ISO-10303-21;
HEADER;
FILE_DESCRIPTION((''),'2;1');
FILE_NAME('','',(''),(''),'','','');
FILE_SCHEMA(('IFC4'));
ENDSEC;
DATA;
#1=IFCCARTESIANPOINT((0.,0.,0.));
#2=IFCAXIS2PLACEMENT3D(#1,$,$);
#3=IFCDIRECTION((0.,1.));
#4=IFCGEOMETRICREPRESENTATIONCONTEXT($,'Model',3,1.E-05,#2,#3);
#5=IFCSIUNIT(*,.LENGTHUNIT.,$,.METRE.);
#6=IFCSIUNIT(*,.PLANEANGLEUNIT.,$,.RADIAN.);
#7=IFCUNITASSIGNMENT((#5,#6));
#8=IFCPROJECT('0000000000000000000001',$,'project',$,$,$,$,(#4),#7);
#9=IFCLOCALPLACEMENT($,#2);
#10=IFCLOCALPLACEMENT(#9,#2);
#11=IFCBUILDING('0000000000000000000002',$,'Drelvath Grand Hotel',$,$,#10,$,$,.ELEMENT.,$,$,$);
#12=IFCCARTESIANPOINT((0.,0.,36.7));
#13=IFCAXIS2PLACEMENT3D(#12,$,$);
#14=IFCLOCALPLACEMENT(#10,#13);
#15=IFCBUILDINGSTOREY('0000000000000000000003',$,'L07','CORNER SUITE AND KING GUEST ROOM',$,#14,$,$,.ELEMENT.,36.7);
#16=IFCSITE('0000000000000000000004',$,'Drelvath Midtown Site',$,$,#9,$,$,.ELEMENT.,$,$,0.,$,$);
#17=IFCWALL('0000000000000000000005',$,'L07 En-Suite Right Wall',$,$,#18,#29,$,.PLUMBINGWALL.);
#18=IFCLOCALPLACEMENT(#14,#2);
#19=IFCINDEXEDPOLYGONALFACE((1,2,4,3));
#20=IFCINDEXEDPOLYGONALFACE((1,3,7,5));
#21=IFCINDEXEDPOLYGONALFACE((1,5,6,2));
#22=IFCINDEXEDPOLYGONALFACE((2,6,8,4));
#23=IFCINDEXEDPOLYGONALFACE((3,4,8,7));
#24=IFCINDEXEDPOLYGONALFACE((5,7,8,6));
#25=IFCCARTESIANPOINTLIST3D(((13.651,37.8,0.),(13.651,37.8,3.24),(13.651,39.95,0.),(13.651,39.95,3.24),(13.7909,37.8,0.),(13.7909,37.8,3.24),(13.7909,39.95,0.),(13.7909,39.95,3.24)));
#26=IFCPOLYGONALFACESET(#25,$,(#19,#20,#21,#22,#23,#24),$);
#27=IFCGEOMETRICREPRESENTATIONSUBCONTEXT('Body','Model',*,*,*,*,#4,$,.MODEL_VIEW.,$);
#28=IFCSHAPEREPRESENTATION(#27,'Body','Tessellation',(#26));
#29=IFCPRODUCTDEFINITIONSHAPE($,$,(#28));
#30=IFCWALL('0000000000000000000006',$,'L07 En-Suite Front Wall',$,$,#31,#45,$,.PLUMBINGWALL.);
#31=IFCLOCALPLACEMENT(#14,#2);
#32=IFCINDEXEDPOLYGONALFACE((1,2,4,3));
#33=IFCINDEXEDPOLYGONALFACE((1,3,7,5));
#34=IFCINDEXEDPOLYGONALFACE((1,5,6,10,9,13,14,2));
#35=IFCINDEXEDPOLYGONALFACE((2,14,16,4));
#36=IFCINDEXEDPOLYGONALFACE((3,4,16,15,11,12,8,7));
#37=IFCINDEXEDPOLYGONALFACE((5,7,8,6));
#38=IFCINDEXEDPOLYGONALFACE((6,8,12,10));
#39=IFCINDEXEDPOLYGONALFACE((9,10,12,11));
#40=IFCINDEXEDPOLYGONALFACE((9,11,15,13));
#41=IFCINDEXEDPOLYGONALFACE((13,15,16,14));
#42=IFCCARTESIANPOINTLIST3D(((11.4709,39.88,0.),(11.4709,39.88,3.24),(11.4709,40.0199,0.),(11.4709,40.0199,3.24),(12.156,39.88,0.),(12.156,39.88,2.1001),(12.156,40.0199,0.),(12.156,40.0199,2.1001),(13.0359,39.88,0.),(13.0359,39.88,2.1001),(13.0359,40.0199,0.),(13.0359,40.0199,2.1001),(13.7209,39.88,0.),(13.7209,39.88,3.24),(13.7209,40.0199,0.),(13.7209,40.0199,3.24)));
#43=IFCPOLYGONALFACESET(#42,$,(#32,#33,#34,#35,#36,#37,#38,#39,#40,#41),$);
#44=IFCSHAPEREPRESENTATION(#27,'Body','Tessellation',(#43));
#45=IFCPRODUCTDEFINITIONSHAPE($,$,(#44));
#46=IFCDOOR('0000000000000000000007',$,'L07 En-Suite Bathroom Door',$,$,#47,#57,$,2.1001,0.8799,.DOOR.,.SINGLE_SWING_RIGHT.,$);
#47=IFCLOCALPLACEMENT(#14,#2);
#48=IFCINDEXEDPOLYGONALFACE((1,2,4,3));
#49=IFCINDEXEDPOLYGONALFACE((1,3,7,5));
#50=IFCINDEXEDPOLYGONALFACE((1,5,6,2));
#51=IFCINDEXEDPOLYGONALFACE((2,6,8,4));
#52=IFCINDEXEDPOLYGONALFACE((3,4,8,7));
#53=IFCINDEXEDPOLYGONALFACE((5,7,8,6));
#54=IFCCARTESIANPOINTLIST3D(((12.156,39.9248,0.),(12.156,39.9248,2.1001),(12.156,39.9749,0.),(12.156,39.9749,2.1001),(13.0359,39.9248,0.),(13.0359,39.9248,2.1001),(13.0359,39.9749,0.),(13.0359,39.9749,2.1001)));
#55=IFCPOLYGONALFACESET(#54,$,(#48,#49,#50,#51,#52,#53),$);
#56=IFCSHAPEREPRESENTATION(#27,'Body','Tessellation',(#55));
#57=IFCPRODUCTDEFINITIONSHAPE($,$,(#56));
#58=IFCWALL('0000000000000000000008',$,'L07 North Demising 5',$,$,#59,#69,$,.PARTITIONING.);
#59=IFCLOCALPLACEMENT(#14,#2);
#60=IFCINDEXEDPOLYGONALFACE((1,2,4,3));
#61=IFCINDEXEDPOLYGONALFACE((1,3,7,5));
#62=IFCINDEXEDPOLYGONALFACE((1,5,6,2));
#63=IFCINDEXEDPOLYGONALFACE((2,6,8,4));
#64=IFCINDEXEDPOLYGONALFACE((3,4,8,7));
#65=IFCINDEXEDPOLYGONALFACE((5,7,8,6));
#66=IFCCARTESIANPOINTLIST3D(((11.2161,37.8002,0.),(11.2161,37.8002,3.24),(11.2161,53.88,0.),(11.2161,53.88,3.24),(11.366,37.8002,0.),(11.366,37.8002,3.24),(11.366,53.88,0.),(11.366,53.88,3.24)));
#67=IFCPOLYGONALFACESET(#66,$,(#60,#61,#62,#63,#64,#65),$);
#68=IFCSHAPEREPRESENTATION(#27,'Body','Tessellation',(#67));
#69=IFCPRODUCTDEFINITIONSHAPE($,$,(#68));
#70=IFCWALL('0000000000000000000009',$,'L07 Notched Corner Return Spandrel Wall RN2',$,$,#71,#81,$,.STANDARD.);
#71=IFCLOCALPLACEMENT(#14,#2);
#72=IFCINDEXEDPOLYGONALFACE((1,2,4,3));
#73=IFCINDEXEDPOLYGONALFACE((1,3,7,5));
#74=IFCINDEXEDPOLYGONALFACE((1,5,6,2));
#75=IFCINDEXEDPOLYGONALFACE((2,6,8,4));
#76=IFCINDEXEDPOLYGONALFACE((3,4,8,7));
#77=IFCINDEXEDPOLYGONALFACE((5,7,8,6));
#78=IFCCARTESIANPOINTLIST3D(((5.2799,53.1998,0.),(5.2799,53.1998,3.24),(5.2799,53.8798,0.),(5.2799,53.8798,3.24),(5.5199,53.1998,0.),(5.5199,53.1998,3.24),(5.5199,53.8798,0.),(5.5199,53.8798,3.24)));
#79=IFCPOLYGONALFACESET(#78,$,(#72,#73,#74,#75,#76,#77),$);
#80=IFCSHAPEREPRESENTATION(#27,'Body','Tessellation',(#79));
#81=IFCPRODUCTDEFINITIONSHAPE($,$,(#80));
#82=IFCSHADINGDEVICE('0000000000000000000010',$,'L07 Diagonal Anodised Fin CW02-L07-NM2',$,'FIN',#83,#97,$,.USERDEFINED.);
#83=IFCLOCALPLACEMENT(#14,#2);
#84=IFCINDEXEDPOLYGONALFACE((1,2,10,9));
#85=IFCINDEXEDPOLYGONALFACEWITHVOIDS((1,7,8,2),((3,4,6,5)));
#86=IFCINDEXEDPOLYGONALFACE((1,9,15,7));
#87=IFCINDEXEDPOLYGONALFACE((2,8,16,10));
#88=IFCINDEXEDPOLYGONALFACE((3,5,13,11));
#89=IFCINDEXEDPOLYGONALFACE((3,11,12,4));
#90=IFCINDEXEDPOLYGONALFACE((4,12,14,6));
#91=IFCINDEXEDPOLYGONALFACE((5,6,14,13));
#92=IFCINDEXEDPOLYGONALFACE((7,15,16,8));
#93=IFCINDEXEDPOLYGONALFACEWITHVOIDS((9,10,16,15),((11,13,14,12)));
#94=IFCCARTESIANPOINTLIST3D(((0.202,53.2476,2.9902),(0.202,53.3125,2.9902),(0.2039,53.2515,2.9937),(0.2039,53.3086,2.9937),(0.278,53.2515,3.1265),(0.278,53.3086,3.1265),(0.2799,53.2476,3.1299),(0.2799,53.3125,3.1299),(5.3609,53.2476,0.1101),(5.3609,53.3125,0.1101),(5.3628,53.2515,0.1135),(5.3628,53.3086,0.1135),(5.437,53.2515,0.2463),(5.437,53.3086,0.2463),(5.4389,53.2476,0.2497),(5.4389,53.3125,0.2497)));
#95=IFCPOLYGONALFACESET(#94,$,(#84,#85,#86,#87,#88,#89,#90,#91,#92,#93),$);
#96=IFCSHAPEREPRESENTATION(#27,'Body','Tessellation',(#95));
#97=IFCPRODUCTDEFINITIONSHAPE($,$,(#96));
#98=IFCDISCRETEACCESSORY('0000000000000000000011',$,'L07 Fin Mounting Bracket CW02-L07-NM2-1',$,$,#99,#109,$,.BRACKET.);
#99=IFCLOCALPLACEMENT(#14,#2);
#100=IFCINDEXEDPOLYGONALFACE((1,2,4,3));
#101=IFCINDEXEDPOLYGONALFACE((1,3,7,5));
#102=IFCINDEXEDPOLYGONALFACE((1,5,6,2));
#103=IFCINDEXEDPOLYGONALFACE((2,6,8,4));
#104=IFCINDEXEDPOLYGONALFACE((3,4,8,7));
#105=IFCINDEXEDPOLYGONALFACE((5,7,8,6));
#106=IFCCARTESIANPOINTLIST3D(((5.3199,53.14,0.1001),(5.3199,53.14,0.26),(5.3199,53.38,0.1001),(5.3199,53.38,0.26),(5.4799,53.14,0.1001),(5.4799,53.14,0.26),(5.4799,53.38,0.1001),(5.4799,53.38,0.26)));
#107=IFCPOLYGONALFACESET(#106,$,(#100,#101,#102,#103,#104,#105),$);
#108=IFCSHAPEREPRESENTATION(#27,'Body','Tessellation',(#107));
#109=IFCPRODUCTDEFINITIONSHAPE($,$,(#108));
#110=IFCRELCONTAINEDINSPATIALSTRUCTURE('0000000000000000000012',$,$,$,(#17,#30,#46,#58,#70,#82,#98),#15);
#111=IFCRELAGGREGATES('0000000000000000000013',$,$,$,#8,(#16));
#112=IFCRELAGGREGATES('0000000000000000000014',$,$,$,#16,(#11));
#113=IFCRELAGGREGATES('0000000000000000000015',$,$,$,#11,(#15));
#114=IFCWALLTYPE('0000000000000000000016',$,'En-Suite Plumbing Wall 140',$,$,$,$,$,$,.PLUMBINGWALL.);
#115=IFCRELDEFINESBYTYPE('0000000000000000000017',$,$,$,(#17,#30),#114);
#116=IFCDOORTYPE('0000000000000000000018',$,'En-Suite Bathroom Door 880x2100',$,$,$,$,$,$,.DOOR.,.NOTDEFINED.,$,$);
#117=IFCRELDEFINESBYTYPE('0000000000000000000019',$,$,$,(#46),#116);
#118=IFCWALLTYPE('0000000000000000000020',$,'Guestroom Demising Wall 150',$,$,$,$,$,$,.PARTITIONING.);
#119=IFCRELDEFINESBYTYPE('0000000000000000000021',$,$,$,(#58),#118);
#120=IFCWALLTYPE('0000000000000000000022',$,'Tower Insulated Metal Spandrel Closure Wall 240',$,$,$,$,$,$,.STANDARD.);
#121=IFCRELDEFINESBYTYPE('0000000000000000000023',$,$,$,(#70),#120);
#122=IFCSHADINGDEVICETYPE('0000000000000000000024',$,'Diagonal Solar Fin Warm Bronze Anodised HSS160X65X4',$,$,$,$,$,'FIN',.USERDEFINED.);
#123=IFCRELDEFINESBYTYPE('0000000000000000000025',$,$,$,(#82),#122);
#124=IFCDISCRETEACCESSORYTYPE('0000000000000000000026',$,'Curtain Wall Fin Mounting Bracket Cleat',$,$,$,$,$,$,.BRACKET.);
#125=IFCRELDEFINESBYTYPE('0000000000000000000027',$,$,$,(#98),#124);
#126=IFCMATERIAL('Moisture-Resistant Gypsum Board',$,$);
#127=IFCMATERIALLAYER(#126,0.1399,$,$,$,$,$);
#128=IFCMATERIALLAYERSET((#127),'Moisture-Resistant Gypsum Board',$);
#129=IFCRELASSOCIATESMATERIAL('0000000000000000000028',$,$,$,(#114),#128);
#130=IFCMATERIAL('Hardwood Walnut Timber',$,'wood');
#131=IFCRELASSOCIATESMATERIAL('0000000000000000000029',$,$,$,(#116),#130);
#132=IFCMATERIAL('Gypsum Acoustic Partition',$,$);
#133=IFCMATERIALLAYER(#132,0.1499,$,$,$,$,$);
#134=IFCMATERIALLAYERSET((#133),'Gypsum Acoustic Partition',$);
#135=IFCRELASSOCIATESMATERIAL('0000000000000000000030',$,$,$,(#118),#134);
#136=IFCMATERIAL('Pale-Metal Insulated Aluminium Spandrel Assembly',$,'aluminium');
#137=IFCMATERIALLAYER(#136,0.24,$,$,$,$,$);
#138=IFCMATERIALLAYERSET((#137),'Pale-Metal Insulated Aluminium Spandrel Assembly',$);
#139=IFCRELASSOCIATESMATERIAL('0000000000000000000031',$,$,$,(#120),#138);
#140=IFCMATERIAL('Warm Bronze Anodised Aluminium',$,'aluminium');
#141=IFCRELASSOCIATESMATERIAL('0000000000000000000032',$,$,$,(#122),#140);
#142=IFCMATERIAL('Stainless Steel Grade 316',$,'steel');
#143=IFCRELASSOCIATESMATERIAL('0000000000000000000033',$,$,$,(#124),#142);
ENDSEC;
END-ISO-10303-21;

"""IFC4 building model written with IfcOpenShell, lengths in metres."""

from ifc_helpers import new_model, si_unit, direction, frame, frame_2d, origin, origin_2d, place, context, subcontext, project, spatial, rectangle, hollow_rectangle, extrude, material, layer, layer_set, material_profile, profile_set, type_object, element, fill, save


model = new_model("IFC4")

# Units and contexts
model_context = context("Model", 3, precision=1e-05, world=origin(), true_north=direction((0.0, 1.0)))
body_context = subcontext(model_context, "Body", "Model", "MODEL_VIEW")
ifc_project = project(units=[si_unit("LENGTHUNIT", "METRE"), si_unit("PLANEANGLEUNIT", "RADIAN")], contexts=[model_context])

# Site, building, storey
site_placement = place(None, origin())
site = spatial("IfcSite", under=ifc_project, at=site_placement, Name="Drelvath Midtown Site", CompositionType="ELEMENT", RefElevation=0.0)
building_placement = place(site_placement, origin())
building = spatial("IfcBuilding", under=site, at=building_placement, Name="Drelvath Grand Hotel", CompositionType="ELEMENT")
storey_placement = place(building_placement, frame((0.0, 0.0, 36.7)))
storey = spatial("IfcBuildingStorey", under=building, at=storey_placement, Name="L07", Description="CORNER SUITE AND KING GUEST ROOM", CompositionType="ELEMENT", Elevation=36.7)

# Shared definitions
ifc_material_1 = material(Name="Moisture-Resistant Gypsum Board")
ifc_layer_1 = layer(ifc_material_1, 0.1399)
ifc_layer_set_1 = layer_set([ifc_layer_1], Name="Moisture-Resistant Gypsum Board")
wall_type_1 = type_object("IfcWallType", Name="En-Suite Plumbing Wall 140", PredefinedType="PLUMBINGWALL", material=ifc_layer_set_1)
ifc_material_2 = material(Name="Hardwood Walnut Timber", Category="wood")
door_type = type_object("IfcDoorType", Name="En-Suite Bathroom Door 880x2100", OperationType="NOTDEFINED", PredefinedType="DOOR", material=ifc_material_2)

# Wall
for number, where, z_axis, x_axis, name in (
    (1, (13.7209, 37.8, 0.0), (0.0, 0.0, 1.0), (0.0, 1.0, 0.0), "L07 En-Suite Right Wall"),
):
    element("IfcWall", number, at=place(storey_placement, frame(where, z_axis=z_axis, x_axis=x_axis)), inside=storey, type_object=wall_type_1, Name=name, PredefinedType="PLUMBINGWALL", context=body_context, shape_type="SweptSolid", body=[
        extrude(rectangle(XDim=2.1499, YDim=0.1399, at=frame_2d((1.075, 0.0))), origin(), (0.0, 0.0, 1.0), 3.24),
    ])

# Wall, opening, door
wall_1_placement = place(storey_placement, frame((11.4709, 39.95, 0.0), z_axis=(0.0, 0.0, 1.0), x_axis=(1.0, 0.0, 0.0)))
wall_1 = element("IfcWall", 2, at=wall_1_placement, inside=storey, type_object=wall_type_1, Name="L07 En-Suite Front Wall", PredefinedType="PLUMBINGWALL", context=body_context, shape_type="SweptSolid", body=[
    extrude(rectangle(XDim=2.25, YDim=0.1399, at=frame_2d((1.125, 0.0))), origin(), (0.0, 0.0, 1.0), 3.24),
])
opening_1_placement = place(wall_1_placement, frame((0.6851, 0.0, 0.0)))
opening_1 = element("IfcOpeningElement", 3, at=opening_1_placement, cuts=wall_1, PredefinedType="OPENING", context=body_context, shape_type="SweptSolid", body=[
    extrude(rectangle(XDim=0.8799, YDim=2.1001, at=frame_2d((0.4399, 1.05))), frame((0.0, 0.0798, 0.0), z_axis=(0.0, -1.0, 0.0), x_axis=(1.0, 0.0, 0.0)), (0.0, 0.0, 1.0), 0.1599),
])
door_1_placement = place(opening_1_placement, origin())
door_1 = element("IfcDoor", 4, at=door_1_placement, inside=storey, type_object=door_type, Name="L07 En-Suite Bathroom Door", OperationType="SINGLE_SWING_RIGHT", OverallHeight=2.1001, OverallWidth=0.8799, PredefinedType="DOOR", context=body_context, shape_type="SweptSolid", body=[
    extrude(rectangle(XDim=0.8799, YDim=2.1001, at=frame_2d((0.4399, 1.05))), frame((0.0, 0.0249, 0.0), z_axis=(0.0, -1.0, 0.0), x_axis=(1.0, 0.0, 0.0)), (0.0, 0.0, 1.0), 0.05),
])
fill(opening_1, door_1)

# Walls
ifc_material_3 = material(Name="Gypsum Acoustic Partition")
ifc_layer_2 = layer(ifc_material_3, 0.1499)
ifc_layer_set_2 = layer_set([ifc_layer_2], Name="Gypsum Acoustic Partition")
wall_type_2 = type_object("IfcWallType", Name="Guestroom Demising Wall 150", PredefinedType="PARTITIONING", material=ifc_layer_set_2)
wall_2_placement = place(storey_placement, frame((11.291, 37.8, 0.0), z_axis=(0.0, 0.0, 1.0), x_axis=(0.0, 1.0, 0.0)))
element("IfcWall", 5, at=wall_2_placement, inside=storey, type_object=wall_type_2, Name="L07 North Demising 5", PredefinedType="PARTITIONING", context=body_context, shape_type="SweptSolid", body=[
    extrude(rectangle(XDim=16.0798, YDim=0.1499, at=frame_2d((8.04, 0.0))), origin(), (0.0, 0.0, 1.0), 3.24),
])
ifc_material_4 = material(Name="Pale-Metal Insulated Aluminium Spandrel Assembly", Category="aluminium")
ifc_layer_3 = layer(ifc_material_4, 0.24)
ifc_layer_set_3 = layer_set([ifc_layer_3], Name="Pale-Metal Insulated Aluminium Spandrel Assembly")
wall_type_3 = type_object("IfcWallType", Name="Tower Insulated Metal Spandrel Closure Wall 240", PredefinedType="STANDARD", material=ifc_layer_set_3)
wall_3_placement = place(storey_placement, frame((5.3999, 53.2, 0.0), z_axis=(0.0, 0.0, 1.0), x_axis=(0.0, 1.0, 0.0)))
element("IfcWall", 6, at=wall_3_placement, inside=storey, type_object=wall_type_3, Name="L07 Notched Corner Return Spandrel Wall RN2", PredefinedType="STANDARD", context=body_context, shape_type="SweptSolid", body=[
    extrude(rectangle(XDim=0.6799, YDim=0.24, at=frame_2d((0.3398, 0.0))), origin(), (0.0, 0.0, 1.0), 3.24),
])

# Shading device
ifc_material_5 = material(Name="Warm Bronze Anodised Aluminium", Category="aluminium")
ifc_material_profile_1 = material_profile(ifc_material_5, hollow_rectangle(XDim=0.0649, YDim=0.1599, WallThickness=0.0039, at=origin_2d()), Name="HSS160X65X4")
ifc_profile_set_1 = profile_set([ifc_material_profile_1], Name="Warm Bronze Anodised Aluminium")
shading_device_type = type_object("IfcShadingDeviceType", Name="Diagonal Solar Fin Warm Bronze Anodised HSS160X65X4", ElementType="FIN", PredefinedType="USERDEFINED", material=ifc_profile_set_1)
shading_device_placement = place(storey_placement, frame((5.3999, 53.28, 0.1799), z_axis=(-0.873146, 0.0, 0.487459), x_axis=(0.0, -1.0, 0.0)))
element("IfcShadingDevice", 7, at=shading_device_placement, inside=storey, type_object=shading_device_type, Name="L07 Diagonal Anodised Fin CW02-L07-NM2", ObjectType="FIN", PredefinedType="USERDEFINED", context=body_context, shape_type="SweptSolid", body=[
    extrude(hollow_rectangle(XDim=0.0649, YDim=0.1599, WallThickness=0.0039, at=origin_2d()), origin(), (0.0, 0.0, 1.0), 5.9084),
])

# Discrete accessory
ifc_material_6 = material(Name="Stainless Steel Grade 316", Category="steel")
discrete_accessory_type = type_object("IfcDiscreteAccessoryType", Name="Curtain Wall Fin Mounting Bracket Cleat", PredefinedType="BRACKET", material=ifc_material_6)
discrete_accessory_placement = place(storey_placement, frame((5.3999, 53.26, 0.1001), z_axis=(0.0, 0.0, 1.0), x_axis=(1.0, 0.0, 0.0)))
element("IfcDiscreteAccessory", 8, at=discrete_accessory_placement, inside=storey, type_object=discrete_accessory_type, Name="L07 Fin Mounting Bracket CW02-L07-NM2-1", PredefinedType="BRACKET", context=body_context, shape_type="SweptSolid", body=[
    extrude(rectangle(XDim=0.1599, YDim=0.24, at=origin_2d()), origin(), (0.0, 0.0, 1.0), 0.1599),
])

save(model, "model.ifc")
